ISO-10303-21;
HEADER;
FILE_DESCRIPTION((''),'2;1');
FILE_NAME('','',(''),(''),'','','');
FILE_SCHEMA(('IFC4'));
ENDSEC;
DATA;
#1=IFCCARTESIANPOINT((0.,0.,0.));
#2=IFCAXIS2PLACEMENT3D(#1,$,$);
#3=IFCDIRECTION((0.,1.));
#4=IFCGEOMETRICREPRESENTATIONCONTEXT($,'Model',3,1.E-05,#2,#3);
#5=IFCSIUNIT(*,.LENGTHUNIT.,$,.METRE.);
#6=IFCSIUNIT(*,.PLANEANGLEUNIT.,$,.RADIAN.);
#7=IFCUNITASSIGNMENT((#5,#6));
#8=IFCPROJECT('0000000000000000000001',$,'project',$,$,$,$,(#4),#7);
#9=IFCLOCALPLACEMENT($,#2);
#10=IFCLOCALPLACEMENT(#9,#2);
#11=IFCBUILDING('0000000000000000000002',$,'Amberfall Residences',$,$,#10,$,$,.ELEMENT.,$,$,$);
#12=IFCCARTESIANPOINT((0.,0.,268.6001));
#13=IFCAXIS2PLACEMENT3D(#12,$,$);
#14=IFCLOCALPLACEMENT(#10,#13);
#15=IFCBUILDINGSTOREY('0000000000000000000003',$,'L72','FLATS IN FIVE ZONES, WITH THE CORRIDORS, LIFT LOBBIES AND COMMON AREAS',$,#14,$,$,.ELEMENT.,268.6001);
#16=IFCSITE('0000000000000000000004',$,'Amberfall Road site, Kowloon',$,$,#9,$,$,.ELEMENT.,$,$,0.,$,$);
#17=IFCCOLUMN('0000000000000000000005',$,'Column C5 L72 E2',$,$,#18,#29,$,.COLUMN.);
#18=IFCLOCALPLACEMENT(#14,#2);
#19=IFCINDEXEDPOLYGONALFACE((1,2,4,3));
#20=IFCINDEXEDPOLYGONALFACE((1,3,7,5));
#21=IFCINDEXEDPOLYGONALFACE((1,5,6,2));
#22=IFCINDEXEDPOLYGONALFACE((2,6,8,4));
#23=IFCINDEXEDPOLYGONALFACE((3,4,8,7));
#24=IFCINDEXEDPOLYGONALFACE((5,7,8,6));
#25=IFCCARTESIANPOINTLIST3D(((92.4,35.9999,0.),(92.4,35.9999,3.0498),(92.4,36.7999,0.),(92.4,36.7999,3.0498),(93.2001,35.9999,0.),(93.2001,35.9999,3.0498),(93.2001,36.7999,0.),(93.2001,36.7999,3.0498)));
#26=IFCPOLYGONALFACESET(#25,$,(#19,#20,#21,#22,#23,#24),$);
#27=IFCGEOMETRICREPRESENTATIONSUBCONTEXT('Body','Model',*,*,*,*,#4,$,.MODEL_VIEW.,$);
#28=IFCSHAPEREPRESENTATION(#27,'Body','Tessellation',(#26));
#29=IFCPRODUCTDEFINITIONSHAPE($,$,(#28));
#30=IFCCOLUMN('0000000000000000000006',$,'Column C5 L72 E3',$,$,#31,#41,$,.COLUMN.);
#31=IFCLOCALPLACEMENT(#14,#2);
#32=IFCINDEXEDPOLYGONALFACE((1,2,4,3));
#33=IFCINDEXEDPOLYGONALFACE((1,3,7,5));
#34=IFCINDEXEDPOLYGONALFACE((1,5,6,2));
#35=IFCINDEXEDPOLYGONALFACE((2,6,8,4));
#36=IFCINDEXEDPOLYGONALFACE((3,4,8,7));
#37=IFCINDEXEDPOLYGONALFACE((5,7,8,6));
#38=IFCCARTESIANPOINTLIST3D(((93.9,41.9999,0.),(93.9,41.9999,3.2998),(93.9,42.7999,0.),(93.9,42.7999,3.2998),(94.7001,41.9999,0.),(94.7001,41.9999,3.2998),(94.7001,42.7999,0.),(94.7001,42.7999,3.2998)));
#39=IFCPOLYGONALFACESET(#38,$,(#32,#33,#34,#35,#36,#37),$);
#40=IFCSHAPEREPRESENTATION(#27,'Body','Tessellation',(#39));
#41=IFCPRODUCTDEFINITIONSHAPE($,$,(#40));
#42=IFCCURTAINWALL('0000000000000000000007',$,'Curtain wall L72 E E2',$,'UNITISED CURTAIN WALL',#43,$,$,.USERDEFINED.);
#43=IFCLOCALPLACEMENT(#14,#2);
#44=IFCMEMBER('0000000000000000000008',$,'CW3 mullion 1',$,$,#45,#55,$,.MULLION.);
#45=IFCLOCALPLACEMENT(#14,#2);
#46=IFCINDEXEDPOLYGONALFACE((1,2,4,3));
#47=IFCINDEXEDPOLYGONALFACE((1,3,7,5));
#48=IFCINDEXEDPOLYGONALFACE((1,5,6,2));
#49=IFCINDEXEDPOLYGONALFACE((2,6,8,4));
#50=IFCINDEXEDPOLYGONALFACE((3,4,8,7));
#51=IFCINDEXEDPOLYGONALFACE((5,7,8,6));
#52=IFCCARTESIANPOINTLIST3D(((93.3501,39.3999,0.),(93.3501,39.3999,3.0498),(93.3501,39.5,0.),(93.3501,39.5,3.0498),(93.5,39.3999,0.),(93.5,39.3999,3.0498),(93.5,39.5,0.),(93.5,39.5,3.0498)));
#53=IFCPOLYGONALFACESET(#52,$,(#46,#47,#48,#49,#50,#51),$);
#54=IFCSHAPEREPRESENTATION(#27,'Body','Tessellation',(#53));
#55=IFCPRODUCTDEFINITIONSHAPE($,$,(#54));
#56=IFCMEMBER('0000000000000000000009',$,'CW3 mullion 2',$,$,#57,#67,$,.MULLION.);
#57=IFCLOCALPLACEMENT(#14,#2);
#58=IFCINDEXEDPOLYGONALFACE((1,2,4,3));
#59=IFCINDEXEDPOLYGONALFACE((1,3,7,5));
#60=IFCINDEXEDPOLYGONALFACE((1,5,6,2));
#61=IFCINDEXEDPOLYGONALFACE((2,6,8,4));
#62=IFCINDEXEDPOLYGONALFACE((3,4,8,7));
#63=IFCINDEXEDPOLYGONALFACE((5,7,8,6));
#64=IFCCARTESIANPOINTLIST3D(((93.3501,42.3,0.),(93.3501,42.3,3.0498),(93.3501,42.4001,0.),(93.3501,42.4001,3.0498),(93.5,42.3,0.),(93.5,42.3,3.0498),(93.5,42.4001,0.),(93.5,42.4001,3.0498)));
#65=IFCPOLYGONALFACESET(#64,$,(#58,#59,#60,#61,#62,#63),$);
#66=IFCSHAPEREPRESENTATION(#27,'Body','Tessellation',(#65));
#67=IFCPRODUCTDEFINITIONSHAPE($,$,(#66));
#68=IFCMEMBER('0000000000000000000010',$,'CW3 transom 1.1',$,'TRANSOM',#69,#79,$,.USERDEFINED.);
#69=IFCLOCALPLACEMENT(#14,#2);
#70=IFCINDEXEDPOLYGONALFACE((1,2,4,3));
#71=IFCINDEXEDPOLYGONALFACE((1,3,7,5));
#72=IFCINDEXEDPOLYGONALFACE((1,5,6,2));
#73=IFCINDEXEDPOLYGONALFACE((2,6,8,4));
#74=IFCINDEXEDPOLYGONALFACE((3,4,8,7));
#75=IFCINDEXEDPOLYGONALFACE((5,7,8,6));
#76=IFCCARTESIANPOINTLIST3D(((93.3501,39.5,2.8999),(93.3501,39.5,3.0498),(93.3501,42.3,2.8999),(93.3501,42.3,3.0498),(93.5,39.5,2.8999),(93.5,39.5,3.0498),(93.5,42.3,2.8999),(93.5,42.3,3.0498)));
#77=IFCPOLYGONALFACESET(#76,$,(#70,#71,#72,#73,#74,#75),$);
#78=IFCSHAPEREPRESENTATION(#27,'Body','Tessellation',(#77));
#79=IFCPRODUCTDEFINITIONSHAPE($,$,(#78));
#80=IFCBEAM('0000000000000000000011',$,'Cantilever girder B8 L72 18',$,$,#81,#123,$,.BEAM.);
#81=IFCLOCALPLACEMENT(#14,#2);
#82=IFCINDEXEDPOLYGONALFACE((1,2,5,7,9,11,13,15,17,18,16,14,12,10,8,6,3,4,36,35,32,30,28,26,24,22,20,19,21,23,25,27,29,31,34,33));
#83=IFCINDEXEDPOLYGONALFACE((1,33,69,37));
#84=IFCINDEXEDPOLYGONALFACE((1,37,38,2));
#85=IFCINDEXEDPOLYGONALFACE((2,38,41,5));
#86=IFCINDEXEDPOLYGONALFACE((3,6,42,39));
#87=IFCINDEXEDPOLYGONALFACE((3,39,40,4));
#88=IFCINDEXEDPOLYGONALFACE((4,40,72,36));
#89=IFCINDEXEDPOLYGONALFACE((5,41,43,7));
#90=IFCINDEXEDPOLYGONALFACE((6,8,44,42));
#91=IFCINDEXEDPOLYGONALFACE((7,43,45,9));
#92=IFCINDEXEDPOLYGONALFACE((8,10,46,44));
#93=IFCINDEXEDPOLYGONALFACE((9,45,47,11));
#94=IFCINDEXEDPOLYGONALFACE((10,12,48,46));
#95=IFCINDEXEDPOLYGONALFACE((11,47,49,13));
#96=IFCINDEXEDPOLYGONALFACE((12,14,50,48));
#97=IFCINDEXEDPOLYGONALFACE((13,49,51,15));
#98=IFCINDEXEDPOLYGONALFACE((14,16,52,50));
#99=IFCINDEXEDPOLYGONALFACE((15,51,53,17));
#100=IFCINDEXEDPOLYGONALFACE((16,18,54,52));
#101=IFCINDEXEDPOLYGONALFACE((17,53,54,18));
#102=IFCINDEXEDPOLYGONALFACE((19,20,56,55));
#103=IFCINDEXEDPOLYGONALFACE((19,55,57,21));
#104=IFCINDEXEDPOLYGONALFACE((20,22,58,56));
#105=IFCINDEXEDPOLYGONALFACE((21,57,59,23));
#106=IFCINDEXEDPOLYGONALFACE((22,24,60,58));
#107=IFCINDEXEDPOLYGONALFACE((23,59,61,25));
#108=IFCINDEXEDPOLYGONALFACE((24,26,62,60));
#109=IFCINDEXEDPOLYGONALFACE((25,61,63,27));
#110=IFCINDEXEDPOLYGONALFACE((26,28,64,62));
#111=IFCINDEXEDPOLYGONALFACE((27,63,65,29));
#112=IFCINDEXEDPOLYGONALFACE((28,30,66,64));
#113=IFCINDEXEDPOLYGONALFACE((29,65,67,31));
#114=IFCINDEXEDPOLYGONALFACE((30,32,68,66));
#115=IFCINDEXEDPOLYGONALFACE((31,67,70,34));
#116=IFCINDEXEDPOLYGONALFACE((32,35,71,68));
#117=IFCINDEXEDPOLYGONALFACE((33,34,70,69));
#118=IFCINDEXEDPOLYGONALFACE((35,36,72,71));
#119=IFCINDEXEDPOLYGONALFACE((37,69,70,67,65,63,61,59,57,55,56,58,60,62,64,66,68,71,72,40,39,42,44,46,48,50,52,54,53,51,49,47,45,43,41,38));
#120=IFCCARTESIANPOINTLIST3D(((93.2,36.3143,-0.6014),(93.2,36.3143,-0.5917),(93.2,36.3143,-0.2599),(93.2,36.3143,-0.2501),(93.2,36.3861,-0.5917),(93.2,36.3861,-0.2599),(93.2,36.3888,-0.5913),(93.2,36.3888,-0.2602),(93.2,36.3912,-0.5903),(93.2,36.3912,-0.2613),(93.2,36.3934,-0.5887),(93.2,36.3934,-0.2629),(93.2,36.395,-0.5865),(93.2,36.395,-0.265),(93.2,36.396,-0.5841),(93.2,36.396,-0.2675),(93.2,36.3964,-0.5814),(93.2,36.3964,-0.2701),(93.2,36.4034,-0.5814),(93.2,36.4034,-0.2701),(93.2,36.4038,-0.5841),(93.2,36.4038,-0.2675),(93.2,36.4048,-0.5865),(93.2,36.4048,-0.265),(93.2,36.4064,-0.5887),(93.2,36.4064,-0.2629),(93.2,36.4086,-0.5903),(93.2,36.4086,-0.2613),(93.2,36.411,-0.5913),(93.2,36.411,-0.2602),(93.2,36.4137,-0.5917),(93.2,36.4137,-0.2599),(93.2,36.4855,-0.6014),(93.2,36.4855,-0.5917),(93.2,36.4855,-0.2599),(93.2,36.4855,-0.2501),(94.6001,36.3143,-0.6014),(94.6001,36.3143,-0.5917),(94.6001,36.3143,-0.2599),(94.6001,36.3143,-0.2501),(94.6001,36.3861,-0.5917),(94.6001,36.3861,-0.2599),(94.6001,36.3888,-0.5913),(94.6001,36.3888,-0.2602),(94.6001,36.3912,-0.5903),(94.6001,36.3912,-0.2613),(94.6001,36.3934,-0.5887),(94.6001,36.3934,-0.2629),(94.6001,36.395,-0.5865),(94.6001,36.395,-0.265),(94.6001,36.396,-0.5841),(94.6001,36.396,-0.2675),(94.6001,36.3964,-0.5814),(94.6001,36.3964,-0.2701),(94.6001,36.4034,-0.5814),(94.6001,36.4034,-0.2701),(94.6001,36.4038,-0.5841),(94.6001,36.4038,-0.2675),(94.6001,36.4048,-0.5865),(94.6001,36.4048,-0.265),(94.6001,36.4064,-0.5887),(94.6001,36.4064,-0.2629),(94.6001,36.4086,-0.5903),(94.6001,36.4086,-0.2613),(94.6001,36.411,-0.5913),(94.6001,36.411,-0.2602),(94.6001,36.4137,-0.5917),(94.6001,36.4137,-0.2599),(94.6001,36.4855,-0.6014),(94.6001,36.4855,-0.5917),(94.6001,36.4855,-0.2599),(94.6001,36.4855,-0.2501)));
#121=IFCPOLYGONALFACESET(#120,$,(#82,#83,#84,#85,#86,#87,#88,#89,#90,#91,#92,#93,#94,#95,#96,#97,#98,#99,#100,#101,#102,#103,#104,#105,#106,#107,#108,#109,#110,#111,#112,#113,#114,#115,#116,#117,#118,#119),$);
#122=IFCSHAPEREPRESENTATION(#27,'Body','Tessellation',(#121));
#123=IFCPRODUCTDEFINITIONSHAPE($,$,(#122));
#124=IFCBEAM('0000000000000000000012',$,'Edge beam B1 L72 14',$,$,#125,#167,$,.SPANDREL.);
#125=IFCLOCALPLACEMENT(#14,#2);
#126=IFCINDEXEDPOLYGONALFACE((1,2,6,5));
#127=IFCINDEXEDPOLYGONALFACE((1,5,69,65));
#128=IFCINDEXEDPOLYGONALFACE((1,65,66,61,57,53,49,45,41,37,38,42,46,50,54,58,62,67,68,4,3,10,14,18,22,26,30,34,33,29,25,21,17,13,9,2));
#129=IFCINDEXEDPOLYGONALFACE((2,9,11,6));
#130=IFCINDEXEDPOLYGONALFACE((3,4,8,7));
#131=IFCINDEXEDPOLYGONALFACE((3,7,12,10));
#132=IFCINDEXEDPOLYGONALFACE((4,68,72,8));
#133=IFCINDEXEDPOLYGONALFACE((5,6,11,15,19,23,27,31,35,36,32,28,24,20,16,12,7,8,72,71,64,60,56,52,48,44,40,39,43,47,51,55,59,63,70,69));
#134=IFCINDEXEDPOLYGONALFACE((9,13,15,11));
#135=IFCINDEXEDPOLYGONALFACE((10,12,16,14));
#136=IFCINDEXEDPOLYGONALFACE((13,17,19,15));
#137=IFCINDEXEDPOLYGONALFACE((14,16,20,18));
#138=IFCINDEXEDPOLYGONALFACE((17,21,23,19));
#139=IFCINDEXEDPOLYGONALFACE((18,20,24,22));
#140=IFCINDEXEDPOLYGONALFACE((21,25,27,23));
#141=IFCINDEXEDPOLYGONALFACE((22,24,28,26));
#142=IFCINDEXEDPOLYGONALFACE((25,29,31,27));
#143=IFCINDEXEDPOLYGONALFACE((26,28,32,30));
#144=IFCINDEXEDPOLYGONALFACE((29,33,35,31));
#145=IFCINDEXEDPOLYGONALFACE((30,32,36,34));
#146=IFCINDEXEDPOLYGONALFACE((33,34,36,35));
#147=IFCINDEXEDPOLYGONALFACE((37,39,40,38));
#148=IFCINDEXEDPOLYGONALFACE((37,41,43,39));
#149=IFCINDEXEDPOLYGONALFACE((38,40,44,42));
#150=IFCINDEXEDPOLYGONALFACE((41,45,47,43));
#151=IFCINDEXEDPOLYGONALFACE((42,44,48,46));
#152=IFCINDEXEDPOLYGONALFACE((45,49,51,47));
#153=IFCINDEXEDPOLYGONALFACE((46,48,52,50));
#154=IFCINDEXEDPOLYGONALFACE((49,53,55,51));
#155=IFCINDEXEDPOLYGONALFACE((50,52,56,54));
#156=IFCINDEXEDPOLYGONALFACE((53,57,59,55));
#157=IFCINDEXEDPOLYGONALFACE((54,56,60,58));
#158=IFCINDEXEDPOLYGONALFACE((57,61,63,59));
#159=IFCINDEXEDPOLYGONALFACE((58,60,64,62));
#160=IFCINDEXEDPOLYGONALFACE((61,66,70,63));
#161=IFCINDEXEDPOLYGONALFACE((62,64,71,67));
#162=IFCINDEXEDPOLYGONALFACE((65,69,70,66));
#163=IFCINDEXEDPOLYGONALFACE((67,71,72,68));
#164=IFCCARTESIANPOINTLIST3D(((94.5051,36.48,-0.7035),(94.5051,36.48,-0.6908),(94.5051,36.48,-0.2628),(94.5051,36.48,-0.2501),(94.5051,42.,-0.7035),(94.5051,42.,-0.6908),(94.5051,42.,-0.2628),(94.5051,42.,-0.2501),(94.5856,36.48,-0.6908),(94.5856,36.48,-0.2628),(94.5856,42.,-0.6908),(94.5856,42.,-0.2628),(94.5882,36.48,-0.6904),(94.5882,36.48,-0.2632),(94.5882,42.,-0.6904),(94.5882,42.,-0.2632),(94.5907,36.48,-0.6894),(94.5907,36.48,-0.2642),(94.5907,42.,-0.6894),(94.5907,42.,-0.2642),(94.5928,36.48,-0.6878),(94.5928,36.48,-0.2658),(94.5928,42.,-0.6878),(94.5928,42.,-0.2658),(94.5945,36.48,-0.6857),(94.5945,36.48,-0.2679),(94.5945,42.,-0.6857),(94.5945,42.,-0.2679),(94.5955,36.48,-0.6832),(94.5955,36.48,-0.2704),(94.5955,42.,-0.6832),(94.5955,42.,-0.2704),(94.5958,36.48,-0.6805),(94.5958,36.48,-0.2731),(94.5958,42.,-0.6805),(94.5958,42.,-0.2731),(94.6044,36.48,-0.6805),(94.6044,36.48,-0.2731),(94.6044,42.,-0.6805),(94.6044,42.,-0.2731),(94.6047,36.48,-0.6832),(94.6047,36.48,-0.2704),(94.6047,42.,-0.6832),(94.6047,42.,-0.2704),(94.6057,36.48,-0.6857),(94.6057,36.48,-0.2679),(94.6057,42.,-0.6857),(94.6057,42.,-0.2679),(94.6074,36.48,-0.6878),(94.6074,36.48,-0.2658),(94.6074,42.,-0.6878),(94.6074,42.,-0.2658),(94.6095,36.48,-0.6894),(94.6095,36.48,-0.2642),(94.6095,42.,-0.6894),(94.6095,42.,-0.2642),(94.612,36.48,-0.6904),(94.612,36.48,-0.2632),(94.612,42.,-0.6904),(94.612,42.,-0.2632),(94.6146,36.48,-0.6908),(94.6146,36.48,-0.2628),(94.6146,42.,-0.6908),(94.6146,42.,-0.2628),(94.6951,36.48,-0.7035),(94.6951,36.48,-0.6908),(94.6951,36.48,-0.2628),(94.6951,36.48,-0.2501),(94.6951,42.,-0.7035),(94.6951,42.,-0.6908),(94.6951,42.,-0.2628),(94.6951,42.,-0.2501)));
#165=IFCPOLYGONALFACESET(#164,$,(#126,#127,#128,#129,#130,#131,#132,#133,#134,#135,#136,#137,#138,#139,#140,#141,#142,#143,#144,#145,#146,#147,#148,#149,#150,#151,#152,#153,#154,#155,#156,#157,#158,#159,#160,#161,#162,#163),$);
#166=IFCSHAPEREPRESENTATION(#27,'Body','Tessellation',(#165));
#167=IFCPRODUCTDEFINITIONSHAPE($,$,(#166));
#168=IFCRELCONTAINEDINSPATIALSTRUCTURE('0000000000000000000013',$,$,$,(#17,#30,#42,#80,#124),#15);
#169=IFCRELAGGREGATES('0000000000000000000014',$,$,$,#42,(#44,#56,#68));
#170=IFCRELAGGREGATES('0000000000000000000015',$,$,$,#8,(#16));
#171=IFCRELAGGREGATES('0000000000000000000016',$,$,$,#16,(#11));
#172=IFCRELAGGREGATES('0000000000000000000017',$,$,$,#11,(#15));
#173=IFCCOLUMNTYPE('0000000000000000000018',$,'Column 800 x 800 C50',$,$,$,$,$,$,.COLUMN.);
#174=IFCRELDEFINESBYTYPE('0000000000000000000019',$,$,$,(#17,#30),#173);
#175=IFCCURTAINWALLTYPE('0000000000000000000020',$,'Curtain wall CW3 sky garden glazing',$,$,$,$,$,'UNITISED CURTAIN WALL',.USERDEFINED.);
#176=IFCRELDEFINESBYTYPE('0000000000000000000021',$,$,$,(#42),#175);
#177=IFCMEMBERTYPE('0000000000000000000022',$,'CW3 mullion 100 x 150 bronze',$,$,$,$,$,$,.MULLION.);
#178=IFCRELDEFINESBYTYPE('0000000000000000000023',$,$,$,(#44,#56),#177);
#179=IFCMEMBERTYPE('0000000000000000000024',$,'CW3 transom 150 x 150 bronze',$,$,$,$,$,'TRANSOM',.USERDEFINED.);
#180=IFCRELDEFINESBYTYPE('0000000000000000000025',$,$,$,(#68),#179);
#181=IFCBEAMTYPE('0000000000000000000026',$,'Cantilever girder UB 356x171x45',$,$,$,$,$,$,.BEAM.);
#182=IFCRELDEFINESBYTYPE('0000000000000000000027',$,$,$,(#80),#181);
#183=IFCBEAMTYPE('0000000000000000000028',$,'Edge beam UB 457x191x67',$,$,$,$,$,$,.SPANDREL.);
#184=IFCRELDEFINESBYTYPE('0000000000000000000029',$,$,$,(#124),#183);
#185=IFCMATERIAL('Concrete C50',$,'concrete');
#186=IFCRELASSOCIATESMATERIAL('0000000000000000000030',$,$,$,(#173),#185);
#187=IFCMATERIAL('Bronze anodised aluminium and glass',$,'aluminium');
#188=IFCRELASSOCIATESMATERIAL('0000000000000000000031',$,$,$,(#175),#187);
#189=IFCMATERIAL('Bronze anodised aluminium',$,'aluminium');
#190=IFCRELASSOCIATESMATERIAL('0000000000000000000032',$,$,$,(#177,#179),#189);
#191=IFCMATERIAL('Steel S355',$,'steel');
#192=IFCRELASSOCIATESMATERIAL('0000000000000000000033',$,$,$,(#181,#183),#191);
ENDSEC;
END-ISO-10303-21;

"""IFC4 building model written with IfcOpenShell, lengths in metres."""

from ifc_helpers import new_model, si_unit, direction, frame, origin, origin_2d, place, context, subcontext, project, spatial, rectangle, i_section, extrude, material, material_profile, profile_set, type_object, element, aggregate, save


model = new_model("IFC4")

# Units and contexts
model_context = context("Model", 3, precision=1e-05, world=origin(), true_north=direction((0.0, 1.0)))
body_context = subcontext(model_context, "Body", "Model", "MODEL_VIEW")
ifc_project = project(units=[si_unit("LENGTHUNIT", "METRE"), si_unit("PLANEANGLEUNIT", "RADIAN")], contexts=[model_context])

# Site, building, storey
site_placement = place(None, origin())
site = spatial("IfcSite", under=ifc_project, at=site_placement, Name="Amberfall Road site, Kowloon", CompositionType="ELEMENT", RefElevation=0.0)
building_placement = place(site_placement, origin())
building = spatial("IfcBuilding", under=site, at=building_placement, Name="Amberfall Residences", CompositionType="ELEMENT")
storey_placement = place(building_placement, frame((0.0, 0.0, 268.6001)))
storey = spatial("IfcBuildingStorey", under=building, at=storey_placement, Name="L72", Description="FLATS IN FIVE ZONES, WITH THE CORRIDORS, LIFT LOBBIES AND COMMON AREAS", CompositionType="ELEMENT", Elevation=268.6001)

# Columns
ifc_material_1 = material(Name="Concrete C50", Category="concrete")
ifc_material_profile_1 = material_profile(ifc_material_1, rectangle(XDim=0.8, YDim=0.8, at=origin_2d()), Name="Column 800 x 800 C50")
ifc_profile_set_1 = profile_set([ifc_material_profile_1], Name="Concrete C50")
column_type = type_object("IfcColumnType", Name="Column 800 x 800 C50", PredefinedType="COLUMN", material=ifc_profile_set_1)
column_1_placement = place(storey_placement, frame((92.8, 36.3999, 0.0), z_axis=(0.0, 0.0, 1.0), x_axis=(1.0, 0.0, 0.0)))
element("IfcColumn", 1, at=column_1_placement, inside=storey, type_object=column_type, Name="Column C5 L72 E2", PredefinedType="COLUMN", context=body_context, shape_type="SweptSolid", body=[
    extrude(rectangle(XDim=0.8, YDim=0.8, at=origin_2d()), origin(), (0.0, 0.0, 1.0), 3.0498),
])
column_2_placement = place(storey_placement, frame((94.3, 42.3999, 0.0), z_axis=(0.0, 0.0, 1.0), x_axis=(1.0, 0.0, 0.0)))
element("IfcColumn", 2, at=column_2_placement, inside=storey, type_object=column_type, Name="Column C5 L72 E3", PredefinedType="COLUMN", context=body_context, shape_type="SweptSolid", body=[
    extrude(rectangle(XDim=0.8, YDim=0.8, at=origin_2d()), origin(), (0.0, 0.0, 1.0), 3.2998),
])

# Curtain wall, members
ifc_material_2 = material(Name="Bronze anodised aluminium and glass", Category="aluminium")
curtain_wall_type = type_object("IfcCurtainWallType", Name="Curtain wall CW3 sky garden glazing", ElementType="UNITISED CURTAIN WALL", PredefinedType="USERDEFINED", material=ifc_material_2)
curtain_wall_placement = place(storey_placement, origin())
curtain_wall = element("IfcCurtainWall", 3, at=curtain_wall_placement, inside=storey, type_object=curtain_wall_type, Name="Curtain wall L72 E E2", ObjectType="UNITISED CURTAIN WALL", PredefinedType="USERDEFINED")
ifc_material_3 = material(Name="Bronze anodised aluminium", Category="aluminium")
ifc_material_profile_2 = material_profile(ifc_material_3, rectangle(XDim=0.1499, YDim=0.1001, at=origin_2d()), Name="CW3 mullion 100 x 150 bronze")
ifc_profile_set_2 = profile_set([ifc_material_profile_2], Name="Bronze anodised aluminium")
member_type_1 = type_object("IfcMemberType", Name="CW3 mullion 100 x 150 bronze", PredefinedType="MULLION", material=ifc_profile_set_2)
member_1_placement = place(storey_placement, frame((93.425, 39.45, 0.0), z_axis=(0.0, 0.0, 1.0), x_axis=(-1.0, 0.0, 0.0)))
member_1 = element("IfcMember", 4, at=member_1_placement, type_object=member_type_1, Name="CW3 mullion 1", PredefinedType="MULLION", context=body_context, shape_type="SweptSolid", body=[
    extrude(rectangle(XDim=0.1499, YDim=0.1001, at=origin_2d()), origin(), (0.0, 0.0, 1.0), 3.0498),
])
member_2_placement = place(storey_placement, frame((93.425, 42.3501, 0.0), z_axis=(0.0, 0.0, 1.0), x_axis=(-1.0, 0.0, 0.0)))
member_2 = element("IfcMember", 5, at=member_2_placement, type_object=member_type_1, Name="CW3 mullion 2", PredefinedType="MULLION", context=body_context, shape_type="SweptSolid", body=[
    extrude(rectangle(XDim=0.1499, YDim=0.1001, at=origin_2d()), origin(), (0.0, 0.0, 1.0), 3.0498),
])
ifc_material_profile_3 = material_profile(ifc_material_3, rectangle(XDim=0.1499, YDim=0.1499, at=origin_2d()), Name="CW3 transom 150 x 150 bronze")
ifc_profile_set_3 = profile_set([ifc_material_profile_3], Name="Bronze anodised aluminium")
member_type_2 = type_object("IfcMemberType", Name="CW3 transom 150 x 150 bronze", ElementType="TRANSOM", PredefinedType="USERDEFINED", material=ifc_profile_set_3)
member_3_placement = place(storey_placement, frame((93.425, 39.5, 2.9749), z_axis=(0.0, 1.0, 0.0), x_axis=(-1.0, 0.0, 0.0)))
member_3 = element("IfcMember", 6, at=member_3_placement, type_object=member_type_2, Name="CW3 transom 1.1", ObjectType="TRANSOM", PredefinedType="USERDEFINED", context=body_context, shape_type="SweptSolid", body=[
    extrude(rectangle(XDim=0.1499, YDim=0.1499, at=origin_2d()), origin(), (0.0, 0.0, 1.0), 2.8),
])

# Beams
ifc_material_4 = material(Name="Steel S355", Category="steel")
ifc_material_profile_4 = material_profile(ifc_material_4, i_section(OverallWidth=0.1711, OverallDepth=0.3513, WebThickness=0.0071, FlangeThickness=0.0098, FilletRadius=0.0103, at=origin_2d()), Name="UB 356x171x45")
ifc_profile_set_4 = profile_set([ifc_material_profile_4], Name="Steel S355")
beam_type_1 = type_object("IfcBeamType", Name="Cantilever girder UB 356x171x45", PredefinedType="BEAM", material=ifc_profile_set_4)
beam_1_placement = place(storey_placement, frame((93.2, 36.3999, -0.4258), z_axis=(1.0, 0.0, 0.0), x_axis=(0.0, 1.0, 0.0)))
element("IfcBeam", 7, at=beam_1_placement, inside=storey, type_object=beam_type_1, Name="Cantilever girder B8 L72 18", PredefinedType="BEAM", context=body_context, shape_type="SweptSolid", body=[
    extrude(i_section(OverallWidth=0.1711, OverallDepth=0.3513, WebThickness=0.0071, FlangeThickness=0.0098, FilletRadius=0.0103, at=origin_2d()), origin(), (0.0, 0.0, 1.0), 1.4001),
])
ifc_material_profile_5 = material_profile(ifc_material_4, i_section(OverallWidth=0.1899, OverallDepth=0.4534, WebThickness=0.0085, FlangeThickness=0.0127, FilletRadius=0.0103, at=origin_2d()), Name="UB 457x191x67")
ifc_profile_set_5 = profile_set([ifc_material_profile_5], Name="Steel S355")
beam_type_2 = type_object("IfcBeamType", Name="Edge beam UB 457x191x67", PredefinedType="SPANDREL", material=ifc_profile_set_5)
beam_2_placement = place(storey_placement, frame((94.6001, 36.48, -0.4768), z_axis=(0.0, 1.0, 0.0), x_axis=(-1.0, 0.0, 0.0)))
element("IfcBeam", 8, at=beam_2_placement, inside=storey, type_object=beam_type_2, Name="Edge beam B1 L72 14", PredefinedType="SPANDREL", context=body_context, shape_type="SweptSolid", body=[
    extrude(i_section(OverallWidth=0.1899, OverallDepth=0.4534, WebThickness=0.0085, FlangeThickness=0.0127, FilletRadius=0.0103, at=origin_2d()), origin(), (0.0, 0.0, 1.0), 5.52),
])

aggregate(curtain_wall, [member_1, member_2, member_3])

save(model, "model.ifc")
